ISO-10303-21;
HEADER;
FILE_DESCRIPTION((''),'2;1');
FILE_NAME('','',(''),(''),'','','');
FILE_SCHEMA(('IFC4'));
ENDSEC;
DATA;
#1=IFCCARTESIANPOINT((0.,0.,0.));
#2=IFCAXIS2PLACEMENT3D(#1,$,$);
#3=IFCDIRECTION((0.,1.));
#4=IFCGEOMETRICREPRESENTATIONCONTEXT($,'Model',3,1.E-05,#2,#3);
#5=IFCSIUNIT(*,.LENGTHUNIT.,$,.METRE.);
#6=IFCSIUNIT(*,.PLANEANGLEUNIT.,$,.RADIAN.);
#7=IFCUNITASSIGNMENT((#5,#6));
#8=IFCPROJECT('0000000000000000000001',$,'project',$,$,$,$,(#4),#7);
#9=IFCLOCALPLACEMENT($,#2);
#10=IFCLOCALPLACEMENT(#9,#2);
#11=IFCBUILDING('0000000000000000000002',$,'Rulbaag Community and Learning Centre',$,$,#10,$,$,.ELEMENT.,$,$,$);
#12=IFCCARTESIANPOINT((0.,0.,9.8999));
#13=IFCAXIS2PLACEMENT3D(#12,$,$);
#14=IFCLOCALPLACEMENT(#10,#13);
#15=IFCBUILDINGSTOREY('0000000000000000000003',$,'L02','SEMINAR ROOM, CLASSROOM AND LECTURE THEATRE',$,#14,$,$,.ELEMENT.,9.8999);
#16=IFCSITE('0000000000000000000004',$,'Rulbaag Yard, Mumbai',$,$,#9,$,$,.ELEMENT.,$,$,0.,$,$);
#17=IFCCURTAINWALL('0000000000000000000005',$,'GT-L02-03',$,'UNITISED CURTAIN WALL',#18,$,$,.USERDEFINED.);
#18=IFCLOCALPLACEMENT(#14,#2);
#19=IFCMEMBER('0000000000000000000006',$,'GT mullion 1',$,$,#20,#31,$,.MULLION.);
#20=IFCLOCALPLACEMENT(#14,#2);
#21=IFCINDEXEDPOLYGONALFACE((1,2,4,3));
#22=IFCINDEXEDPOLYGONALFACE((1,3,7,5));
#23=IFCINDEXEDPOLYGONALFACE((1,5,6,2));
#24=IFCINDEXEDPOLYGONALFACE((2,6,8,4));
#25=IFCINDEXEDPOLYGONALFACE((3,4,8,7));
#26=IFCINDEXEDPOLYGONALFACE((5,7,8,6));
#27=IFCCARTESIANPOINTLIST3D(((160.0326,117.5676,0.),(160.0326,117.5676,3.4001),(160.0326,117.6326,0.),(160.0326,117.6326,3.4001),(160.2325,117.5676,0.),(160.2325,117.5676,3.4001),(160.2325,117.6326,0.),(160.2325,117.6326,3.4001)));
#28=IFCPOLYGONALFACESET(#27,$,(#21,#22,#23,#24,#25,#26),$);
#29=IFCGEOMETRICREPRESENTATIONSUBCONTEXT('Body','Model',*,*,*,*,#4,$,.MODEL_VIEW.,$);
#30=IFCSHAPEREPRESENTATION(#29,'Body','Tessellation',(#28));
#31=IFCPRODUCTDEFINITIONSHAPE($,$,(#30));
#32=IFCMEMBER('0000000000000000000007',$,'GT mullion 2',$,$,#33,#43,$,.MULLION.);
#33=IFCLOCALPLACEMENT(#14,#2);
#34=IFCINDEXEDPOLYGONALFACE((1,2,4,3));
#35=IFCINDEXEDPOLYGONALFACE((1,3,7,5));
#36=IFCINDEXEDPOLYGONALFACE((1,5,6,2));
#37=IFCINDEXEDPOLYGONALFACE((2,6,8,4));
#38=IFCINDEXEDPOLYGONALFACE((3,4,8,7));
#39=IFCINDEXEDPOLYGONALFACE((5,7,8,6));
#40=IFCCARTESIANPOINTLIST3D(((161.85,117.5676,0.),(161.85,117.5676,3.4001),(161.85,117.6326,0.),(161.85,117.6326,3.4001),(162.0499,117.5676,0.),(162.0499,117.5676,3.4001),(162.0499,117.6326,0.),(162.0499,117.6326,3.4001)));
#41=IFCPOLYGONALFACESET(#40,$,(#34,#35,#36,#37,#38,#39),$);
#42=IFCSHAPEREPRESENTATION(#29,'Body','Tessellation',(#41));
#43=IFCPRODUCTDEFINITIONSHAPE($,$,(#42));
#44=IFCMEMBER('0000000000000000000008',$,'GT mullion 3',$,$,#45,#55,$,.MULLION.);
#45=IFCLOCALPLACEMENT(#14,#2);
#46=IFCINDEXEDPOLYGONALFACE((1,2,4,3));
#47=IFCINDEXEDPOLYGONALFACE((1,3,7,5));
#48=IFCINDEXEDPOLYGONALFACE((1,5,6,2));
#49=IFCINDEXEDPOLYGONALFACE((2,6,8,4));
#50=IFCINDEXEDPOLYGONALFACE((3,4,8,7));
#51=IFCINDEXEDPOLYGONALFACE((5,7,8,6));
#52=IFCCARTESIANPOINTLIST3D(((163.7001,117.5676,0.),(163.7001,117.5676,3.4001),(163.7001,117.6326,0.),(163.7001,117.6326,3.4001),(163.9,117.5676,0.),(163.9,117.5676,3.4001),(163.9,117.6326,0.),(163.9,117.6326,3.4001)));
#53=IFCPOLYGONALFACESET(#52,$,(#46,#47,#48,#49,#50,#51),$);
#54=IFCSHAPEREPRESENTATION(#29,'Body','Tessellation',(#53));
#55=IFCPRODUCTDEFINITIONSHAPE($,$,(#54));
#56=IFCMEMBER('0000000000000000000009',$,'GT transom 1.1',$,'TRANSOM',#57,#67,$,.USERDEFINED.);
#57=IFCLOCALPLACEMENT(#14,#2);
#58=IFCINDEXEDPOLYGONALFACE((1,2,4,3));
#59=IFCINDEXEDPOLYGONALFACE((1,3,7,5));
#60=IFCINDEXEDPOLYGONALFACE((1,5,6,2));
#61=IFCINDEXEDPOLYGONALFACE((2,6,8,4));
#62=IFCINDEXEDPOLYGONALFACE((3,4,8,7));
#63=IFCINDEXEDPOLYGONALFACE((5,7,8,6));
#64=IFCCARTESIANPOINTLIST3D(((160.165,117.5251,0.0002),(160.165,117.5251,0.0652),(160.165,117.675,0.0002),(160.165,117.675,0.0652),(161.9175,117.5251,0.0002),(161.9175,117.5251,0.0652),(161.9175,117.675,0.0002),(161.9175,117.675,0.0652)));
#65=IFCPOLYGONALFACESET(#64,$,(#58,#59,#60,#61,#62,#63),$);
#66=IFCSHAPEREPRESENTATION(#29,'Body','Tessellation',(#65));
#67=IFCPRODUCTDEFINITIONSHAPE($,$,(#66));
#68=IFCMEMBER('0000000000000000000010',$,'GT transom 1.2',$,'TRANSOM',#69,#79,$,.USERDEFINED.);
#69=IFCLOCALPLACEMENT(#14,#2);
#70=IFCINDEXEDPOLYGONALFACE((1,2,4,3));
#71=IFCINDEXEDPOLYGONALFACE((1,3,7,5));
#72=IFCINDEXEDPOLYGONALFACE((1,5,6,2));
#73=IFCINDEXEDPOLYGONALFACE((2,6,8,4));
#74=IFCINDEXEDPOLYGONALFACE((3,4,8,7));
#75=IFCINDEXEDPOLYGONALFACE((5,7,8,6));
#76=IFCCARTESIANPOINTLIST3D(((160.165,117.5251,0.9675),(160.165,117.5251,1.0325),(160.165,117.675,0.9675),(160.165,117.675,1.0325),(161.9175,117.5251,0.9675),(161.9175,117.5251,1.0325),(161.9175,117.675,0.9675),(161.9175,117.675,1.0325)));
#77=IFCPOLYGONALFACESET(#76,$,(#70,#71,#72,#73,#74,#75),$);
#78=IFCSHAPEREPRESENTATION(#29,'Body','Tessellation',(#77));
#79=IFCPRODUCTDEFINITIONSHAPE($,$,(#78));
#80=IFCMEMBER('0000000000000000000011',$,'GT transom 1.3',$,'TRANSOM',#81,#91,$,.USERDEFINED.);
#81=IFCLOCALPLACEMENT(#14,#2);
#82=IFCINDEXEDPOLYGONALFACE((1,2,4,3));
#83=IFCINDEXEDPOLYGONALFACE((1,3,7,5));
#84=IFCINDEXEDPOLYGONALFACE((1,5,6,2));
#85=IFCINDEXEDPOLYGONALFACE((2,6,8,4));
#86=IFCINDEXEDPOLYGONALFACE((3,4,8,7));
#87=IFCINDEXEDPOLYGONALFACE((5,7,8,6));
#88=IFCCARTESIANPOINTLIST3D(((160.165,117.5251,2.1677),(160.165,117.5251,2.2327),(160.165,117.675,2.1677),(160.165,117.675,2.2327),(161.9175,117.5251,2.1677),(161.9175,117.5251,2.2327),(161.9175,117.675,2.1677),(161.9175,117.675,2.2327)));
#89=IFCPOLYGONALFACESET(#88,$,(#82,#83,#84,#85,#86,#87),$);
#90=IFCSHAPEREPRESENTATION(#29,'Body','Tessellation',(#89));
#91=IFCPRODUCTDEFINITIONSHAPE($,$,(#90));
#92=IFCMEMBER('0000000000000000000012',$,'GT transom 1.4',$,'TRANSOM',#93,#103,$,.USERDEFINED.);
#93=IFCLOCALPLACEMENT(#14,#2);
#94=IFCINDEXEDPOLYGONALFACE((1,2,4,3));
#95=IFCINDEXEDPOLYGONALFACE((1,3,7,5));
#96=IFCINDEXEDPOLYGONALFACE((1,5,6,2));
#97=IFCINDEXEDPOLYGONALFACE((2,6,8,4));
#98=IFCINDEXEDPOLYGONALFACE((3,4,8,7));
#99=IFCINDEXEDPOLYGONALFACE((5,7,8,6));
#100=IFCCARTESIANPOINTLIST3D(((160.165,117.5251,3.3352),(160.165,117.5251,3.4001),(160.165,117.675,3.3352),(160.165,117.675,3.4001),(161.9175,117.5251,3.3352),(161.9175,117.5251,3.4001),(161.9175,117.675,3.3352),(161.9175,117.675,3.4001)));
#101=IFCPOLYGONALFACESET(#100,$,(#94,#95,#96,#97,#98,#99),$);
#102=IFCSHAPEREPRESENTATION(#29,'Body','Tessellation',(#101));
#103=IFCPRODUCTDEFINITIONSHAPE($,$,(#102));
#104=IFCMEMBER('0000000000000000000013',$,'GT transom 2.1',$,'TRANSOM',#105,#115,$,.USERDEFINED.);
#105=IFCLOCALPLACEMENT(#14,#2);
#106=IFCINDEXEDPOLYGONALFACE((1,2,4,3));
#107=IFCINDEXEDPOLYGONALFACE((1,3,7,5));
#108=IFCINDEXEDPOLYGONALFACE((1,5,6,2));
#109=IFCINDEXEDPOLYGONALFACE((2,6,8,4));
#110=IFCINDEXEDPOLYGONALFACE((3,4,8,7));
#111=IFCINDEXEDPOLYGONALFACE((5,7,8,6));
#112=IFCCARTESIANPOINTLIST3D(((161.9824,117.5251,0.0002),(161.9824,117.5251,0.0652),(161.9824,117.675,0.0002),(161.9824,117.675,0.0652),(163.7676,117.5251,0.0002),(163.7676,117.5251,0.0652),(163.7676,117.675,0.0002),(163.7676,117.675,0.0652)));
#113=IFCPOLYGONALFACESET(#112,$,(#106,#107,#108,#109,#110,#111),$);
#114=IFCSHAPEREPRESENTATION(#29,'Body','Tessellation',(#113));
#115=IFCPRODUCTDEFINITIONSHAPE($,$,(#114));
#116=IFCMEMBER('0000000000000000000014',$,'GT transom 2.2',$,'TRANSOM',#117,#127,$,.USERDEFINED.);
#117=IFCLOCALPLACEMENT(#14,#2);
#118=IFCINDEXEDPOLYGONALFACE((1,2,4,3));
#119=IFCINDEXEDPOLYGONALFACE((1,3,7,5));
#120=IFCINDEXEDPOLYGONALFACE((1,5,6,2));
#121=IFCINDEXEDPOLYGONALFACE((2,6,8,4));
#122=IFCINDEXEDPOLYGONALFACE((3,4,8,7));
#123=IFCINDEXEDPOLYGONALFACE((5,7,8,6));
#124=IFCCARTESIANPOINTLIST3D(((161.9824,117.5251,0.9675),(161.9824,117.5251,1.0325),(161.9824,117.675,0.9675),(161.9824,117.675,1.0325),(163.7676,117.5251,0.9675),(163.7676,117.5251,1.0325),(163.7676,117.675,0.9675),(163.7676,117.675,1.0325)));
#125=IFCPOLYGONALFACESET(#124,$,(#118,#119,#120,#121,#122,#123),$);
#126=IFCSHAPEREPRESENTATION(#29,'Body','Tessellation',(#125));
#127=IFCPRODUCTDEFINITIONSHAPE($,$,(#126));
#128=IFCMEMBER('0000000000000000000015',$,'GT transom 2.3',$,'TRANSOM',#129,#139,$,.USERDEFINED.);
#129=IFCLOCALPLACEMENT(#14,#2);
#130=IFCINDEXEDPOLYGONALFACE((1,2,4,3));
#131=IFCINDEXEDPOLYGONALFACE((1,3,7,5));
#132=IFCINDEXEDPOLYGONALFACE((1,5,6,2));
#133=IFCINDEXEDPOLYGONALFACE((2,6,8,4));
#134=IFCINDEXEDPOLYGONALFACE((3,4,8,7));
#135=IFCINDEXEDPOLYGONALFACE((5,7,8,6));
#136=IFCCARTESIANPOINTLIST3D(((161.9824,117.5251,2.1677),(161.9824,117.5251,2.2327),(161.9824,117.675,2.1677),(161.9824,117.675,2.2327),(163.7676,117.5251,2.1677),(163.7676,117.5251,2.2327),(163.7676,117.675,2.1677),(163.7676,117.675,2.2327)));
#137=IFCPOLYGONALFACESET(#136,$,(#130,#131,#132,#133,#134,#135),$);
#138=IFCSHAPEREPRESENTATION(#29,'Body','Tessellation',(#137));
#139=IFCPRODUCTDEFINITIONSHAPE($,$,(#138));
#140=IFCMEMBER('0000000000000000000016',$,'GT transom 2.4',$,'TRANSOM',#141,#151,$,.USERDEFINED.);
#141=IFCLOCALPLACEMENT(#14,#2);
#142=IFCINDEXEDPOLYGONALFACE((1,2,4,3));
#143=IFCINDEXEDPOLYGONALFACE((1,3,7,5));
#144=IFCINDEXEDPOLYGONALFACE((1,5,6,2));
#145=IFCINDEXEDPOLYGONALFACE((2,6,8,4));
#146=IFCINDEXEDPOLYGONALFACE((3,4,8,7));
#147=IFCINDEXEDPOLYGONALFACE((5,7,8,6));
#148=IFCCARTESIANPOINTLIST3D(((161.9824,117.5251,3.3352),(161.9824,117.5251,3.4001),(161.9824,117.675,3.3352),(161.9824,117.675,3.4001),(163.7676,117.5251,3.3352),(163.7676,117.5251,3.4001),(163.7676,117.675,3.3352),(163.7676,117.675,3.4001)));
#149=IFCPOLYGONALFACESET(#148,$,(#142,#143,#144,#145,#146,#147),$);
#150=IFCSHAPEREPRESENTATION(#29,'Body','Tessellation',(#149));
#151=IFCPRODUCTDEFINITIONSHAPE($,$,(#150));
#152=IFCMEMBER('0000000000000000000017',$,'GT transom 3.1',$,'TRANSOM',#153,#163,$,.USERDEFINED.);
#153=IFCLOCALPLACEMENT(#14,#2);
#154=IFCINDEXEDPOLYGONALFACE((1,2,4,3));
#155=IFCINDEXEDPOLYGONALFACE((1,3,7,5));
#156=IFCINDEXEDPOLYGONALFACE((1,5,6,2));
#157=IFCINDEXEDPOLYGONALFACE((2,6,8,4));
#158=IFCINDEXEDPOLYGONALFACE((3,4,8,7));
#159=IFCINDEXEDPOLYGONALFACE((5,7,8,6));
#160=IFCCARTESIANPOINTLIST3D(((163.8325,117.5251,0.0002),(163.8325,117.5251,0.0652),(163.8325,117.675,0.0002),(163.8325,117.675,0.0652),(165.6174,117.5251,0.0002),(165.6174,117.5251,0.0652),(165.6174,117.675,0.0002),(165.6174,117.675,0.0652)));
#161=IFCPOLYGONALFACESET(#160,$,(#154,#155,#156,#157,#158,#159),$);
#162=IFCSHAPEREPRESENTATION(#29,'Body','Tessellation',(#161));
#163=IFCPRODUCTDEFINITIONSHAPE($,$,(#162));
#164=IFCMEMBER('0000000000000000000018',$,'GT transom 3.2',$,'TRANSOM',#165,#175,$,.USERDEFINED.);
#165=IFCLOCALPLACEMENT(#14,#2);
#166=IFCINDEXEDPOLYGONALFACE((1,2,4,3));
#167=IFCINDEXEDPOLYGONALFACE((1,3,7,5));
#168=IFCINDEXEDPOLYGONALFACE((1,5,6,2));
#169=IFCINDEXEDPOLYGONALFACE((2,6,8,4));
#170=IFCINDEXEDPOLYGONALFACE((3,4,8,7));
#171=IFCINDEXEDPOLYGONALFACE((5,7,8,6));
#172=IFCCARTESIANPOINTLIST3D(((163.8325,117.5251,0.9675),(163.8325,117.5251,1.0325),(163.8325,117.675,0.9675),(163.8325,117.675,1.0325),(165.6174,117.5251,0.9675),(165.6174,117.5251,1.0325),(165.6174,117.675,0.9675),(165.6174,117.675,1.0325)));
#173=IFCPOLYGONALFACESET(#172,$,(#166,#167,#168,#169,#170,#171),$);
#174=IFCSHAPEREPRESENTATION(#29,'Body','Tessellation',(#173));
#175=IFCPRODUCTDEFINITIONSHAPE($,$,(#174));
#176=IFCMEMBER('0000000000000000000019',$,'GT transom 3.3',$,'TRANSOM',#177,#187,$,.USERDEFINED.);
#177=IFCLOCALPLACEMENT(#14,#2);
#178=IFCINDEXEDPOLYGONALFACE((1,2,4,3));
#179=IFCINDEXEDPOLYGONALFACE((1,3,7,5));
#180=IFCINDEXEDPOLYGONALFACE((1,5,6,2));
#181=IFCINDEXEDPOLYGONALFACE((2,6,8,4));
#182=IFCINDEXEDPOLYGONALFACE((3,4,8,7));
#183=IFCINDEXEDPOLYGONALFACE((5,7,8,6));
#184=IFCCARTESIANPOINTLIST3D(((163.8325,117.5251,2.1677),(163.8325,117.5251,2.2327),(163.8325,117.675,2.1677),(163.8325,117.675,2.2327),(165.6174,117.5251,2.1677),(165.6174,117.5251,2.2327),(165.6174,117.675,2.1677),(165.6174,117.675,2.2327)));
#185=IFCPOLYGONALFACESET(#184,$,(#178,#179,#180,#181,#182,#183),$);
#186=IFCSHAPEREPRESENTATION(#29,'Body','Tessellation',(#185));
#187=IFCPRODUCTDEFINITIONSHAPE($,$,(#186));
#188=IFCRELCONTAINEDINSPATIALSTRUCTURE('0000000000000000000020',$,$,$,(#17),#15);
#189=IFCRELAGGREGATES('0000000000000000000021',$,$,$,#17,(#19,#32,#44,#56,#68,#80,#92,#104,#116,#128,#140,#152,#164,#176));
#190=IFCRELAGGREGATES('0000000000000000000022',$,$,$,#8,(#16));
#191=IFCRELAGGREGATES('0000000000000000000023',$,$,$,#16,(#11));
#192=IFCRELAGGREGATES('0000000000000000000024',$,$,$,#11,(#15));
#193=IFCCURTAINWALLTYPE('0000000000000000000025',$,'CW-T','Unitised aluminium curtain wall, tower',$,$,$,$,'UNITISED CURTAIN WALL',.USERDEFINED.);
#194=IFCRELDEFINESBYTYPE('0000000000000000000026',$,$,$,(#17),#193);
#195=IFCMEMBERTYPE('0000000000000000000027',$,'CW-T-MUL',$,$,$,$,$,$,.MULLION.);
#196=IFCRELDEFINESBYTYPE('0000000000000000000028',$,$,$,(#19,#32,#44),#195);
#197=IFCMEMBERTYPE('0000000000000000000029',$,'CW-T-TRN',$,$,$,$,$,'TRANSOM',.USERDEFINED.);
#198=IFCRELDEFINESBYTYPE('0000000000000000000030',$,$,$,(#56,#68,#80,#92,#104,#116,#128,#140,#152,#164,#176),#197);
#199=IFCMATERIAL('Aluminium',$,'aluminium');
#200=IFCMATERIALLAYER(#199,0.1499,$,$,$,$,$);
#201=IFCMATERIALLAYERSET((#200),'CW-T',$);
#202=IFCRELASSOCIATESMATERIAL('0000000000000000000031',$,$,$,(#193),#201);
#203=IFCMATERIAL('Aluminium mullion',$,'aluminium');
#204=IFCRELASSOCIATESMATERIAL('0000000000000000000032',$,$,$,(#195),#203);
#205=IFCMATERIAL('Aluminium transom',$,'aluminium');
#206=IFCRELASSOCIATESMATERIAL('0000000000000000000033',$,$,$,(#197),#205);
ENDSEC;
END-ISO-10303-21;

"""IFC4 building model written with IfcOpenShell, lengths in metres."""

from ifc_helpers import new_model, si_unit, direction, frame, origin, origin_2d, place, context, subcontext, project, spatial, rectangle, extrude, material, layer, layer_set, material_profile, profile_set, type_object, element, aggregate, save


model = new_model("IFC4")

# Units and contexts
model_context = context("Model", 3, precision=1e-05, world=origin(), true_north=direction((0.0, 1.0)))
body_context = subcontext(model_context, "Body", "Model", "MODEL_VIEW")
ifc_project = project(units=[si_unit("LENGTHUNIT", "METRE"), si_unit("PLANEANGLEUNIT", "RADIAN")], contexts=[model_context])

# Site, building, storey
site_placement = place(None, origin())
site = spatial("IfcSite", under=ifc_project, at=site_placement, Name="Rulbaag Yard, Mumbai", CompositionType="ELEMENT", RefElevation=0.0)
building_placement = place(site_placement, origin())
building = spatial("IfcBuilding", under=site, at=building_placement, Name="Rulbaag Community and Learning Centre", CompositionType="ELEMENT")
storey_placement = place(building_placement, frame((0.0, 0.0, 9.8999)))
storey = spatial("IfcBuildingStorey", under=building, at=storey_placement, Name="L02", Description="SEMINAR ROOM, CLASSROOM AND LECTURE THEATRE", CompositionType="ELEMENT", Elevation=9.8999)

# Curtain wall, members
ifc_material_1 = material(Name="Aluminium", Category="aluminium")
ifc_layer_1 = layer(ifc_material_1, 0.1499)
ifc_layer_set_1 = layer_set([ifc_layer_1], Name="CW-T")
curtain_wall_type = type_object("IfcCurtainWallType", Name="CW-T", Description="Unitised aluminium curtain wall, tower", ElementType="UNITISED CURTAIN WALL", PredefinedType="USERDEFINED", material=ifc_layer_set_1)
curtain_wall_placement = place(storey_placement, origin())
curtain_wall = element("IfcCurtainWall", 1, at=curtain_wall_placement, inside=storey, type_object=curtain_wall_type, Name="GT-L02-03", ObjectType="UNITISED CURTAIN WALL", PredefinedType="USERDEFINED")
ifc_material_2 = material(Name="Aluminium mullion", Category="aluminium")
ifc_material_profile_1 = material_profile(ifc_material_2, rectangle(XDim=0.0649, YDim=0.2, at=origin_2d()), Name="AL 65x200")
ifc_profile_set_1 = profile_set([ifc_material_profile_1], Name="Aluminium mullion")
member_type_1 = type_object("IfcMemberType", Name="CW-T-MUL", PredefinedType="MULLION", material=ifc_profile_set_1)
member_1_placement = place(storey_placement, frame((160.1326, 117.6001, 0.0), z_axis=(0.0, 0.0, 1.0), x_axis=(0.0, 1.0, 0.0)))
member_1 = element("IfcMember", 2, at=member_1_placement, type_object=member_type_1, Name="GT mullion 1", PredefinedType="MULLION", context=body_context, shape_type="SweptSolid", body=[
    extrude(rectangle(XDim=0.0649, YDim=0.2, at=origin_2d()), origin(), (0.0, 0.0, 1.0), 3.4001),
])
member_2_placement = place(storey_placement, frame((161.95, 117.6001, 0.0), z_axis=(0.0, 0.0, 1.0), x_axis=(0.0, 1.0, 0.0)))
member_2 = element("IfcMember", 3, at=member_2_placement, type_object=member_type_1, Name="GT mullion 2", PredefinedType="MULLION", context=body_context, shape_type="SweptSolid", body=[
    extrude(rectangle(XDim=0.0649, YDim=0.2, at=origin_2d()), origin(), (0.0, 0.0, 1.0), 3.4001),
])
member_3_placement = place(storey_placement, frame((163.8, 117.6001, 0.0), z_axis=(0.0, 0.0, 1.0), x_axis=(0.0, 1.0, 0.0)))
member_3 = element("IfcMember", 4, at=member_3_placement, type_object=member_type_1, Name="GT mullion 3", PredefinedType="MULLION", context=body_context, shape_type="SweptSolid", body=[
    extrude(rectangle(XDim=0.0649, YDim=0.2, at=origin_2d()), origin(), (0.0, 0.0, 1.0), 3.4001),
])
ifc_material_3 = material(Name="Aluminium transom", Category="aluminium")
ifc_material_profile_2 = material_profile(ifc_material_3, rectangle(XDim=0.1499, YDim=0.0649, at=origin_2d()), Name="AL 65x150 T")
ifc_profile_set_2 = profile_set([ifc_material_profile_2], Name="Aluminium transom")
member_type_2 = type_object("IfcMemberType", Name="CW-T-TRN", ElementType="TRANSOM", PredefinedType="USERDEFINED", material=ifc_profile_set_2)
member_4_placement = place(storey_placement, frame((160.165, 117.6001, 0.0327), z_axis=(1.0, 0.0, 0.0), x_axis=(0.0, 1.0, 0.0)))
member_4 = element("IfcMember", 5, at=member_4_placement, type_object=member_type_2, Name="GT transom 1.1", ObjectType="TRANSOM", PredefinedType="USERDEFINED", context=body_context, shape_type="SweptSolid", body=[
    extrude(rectangle(XDim=0.1499, YDim=0.0649, at=origin_2d()), origin(), (0.0, 0.0, 1.0), 1.7524),
])
member_5_placement = place(storey_placement, frame((160.165, 117.6001, 1.0), z_axis=(1.0, 0.0, 0.0), x_axis=(0.0, 1.0, 0.0)))
member_5 = element("IfcMember", 6, at=member_5_placement, type_object=member_type_2, Name="GT transom 1.2", ObjectType="TRANSOM", PredefinedType="USERDEFINED", context=body_context, shape_type="SweptSolid", body=[
    extrude(rectangle(XDim=0.1499, YDim=0.0649, at=origin_2d()), origin(), (0.0, 0.0, 1.0), 1.7524),
])
member_6_placement = place(storey_placement, frame((160.165, 117.6001, 2.2002), z_axis=(1.0, 0.0, 0.0), x_axis=(0.0, 1.0, 0.0)))
member_6 = element("IfcMember", 7, at=member_6_placement, type_object=member_type_2, Name="GT transom 1.3", ObjectType="TRANSOM", PredefinedType="USERDEFINED", context=body_context, shape_type="SweptSolid", body=[
    extrude(rectangle(XDim=0.1499, YDim=0.0649, at=origin_2d()), origin(), (0.0, 0.0, 1.0), 1.7524),
])
member_7_placement = place(storey_placement, frame((160.165, 117.6001, 3.3677), z_axis=(1.0, 0.0, 0.0), x_axis=(0.0, 1.0, 0.0)))
member_7 = element("IfcMember", 8, at=member_7_placement, type_object=member_type_2, Name="GT transom 1.4", ObjectType="TRANSOM", PredefinedType="USERDEFINED", context=body_context, shape_type="SweptSolid", body=[
    extrude(rectangle(XDim=0.1499, YDim=0.0649, at=origin_2d()), origin(), (0.0, 0.0, 1.0), 1.7524),
])
member_8_placement = place(storey_placement, frame((161.9824, 117.6001, 0.0327), z_axis=(1.0, 0.0, 0.0), x_axis=(0.0, 1.0, 0.0)))
member_8 = element("IfcMember", 9, at=member_8_placement, type_object=member_type_2, Name="GT transom 2.1", ObjectType="TRANSOM", PredefinedType="USERDEFINED", context=body_context, shape_type="SweptSolid", body=[
    extrude(rectangle(XDim=0.1499, YDim=0.0649, at=origin_2d()), origin(), (0.0, 0.0, 1.0), 1.7852),
])
member_9_placement = place(storey_placement, frame((161.9824, 117.6001, 1.0), z_axis=(1.0, 0.0, 0.0), x_axis=(0.0, 1.0, 0.0)))
member_9 = element("IfcMember", 10, at=member_9_placement, type_object=member_type_2, Name="GT transom 2.2", ObjectType="TRANSOM", PredefinedType="USERDEFINED", context=body_context, shape_type="SweptSolid", body=[
    extrude(rectangle(XDim=0.1499, YDim=0.0649, at=origin_2d()), origin(), (0.0, 0.0, 1.0), 1.7852),
])
member_10_placement = place(storey_placement, frame((161.9824, 117.6001, 2.2002), z_axis=(1.0, 0.0, 0.0), x_axis=(0.0, 1.0, 0.0)))
member_10 = element("IfcMember", 11, at=member_10_placement, type_object=member_type_2, Name="GT transom 2.3", ObjectType="TRANSOM", PredefinedType="USERDEFINED", context=body_context, shape_type="SweptSolid", body=[
    extrude(rectangle(XDim=0.1499, YDim=0.0649, at=origin_2d()), origin(), (0.0, 0.0, 1.0), 1.7852),
])
member_11_placement = place(storey_placement, frame((161.9824, 117.6001, 3.3677), z_axis=(1.0, 0.0, 0.0), x_axis=(0.0, 1.0, 0.0)))
member_11 = element("IfcMember", 12, at=member_11_placement, type_object=member_type_2, Name="GT transom 2.4", ObjectType="TRANSOM", PredefinedType="USERDEFINED", context=body_context, shape_type="SweptSolid", body=[
    extrude(rectangle(XDim=0.1499, YDim=0.0649, at=origin_2d()), origin(), (0.0, 0.0, 1.0), 1.7852),
])
member_12_placement = place(storey_placement, frame((163.8325, 117.6001, 0.0327), z_axis=(1.0, 0.0, 0.0), x_axis=(0.0, 1.0, 0.0)))
member_12 = element("IfcMember", 13, at=member_12_placement, type_object=member_type_2, Name="GT transom 3.1", ObjectType="TRANSOM", PredefinedType="USERDEFINED", context=body_context, shape_type="SweptSolid", body=[
    extrude(rectangle(XDim=0.1499, YDim=0.0649, at=origin_2d()), origin(), (0.0, 0.0, 1.0), 1.7849),
])
member_13_placement = place(storey_placement, frame((163.8325, 117.6001, 1.0), z_axis=(1.0, 0.0, 0.0), x_axis=(0.0, 1.0, 0.0)))
member_13 = element("IfcMember", 14, at=member_13_placement, type_object=member_type_2, Name="GT transom 3.2", ObjectType="TRANSOM", PredefinedType="USERDEFINED", context=body_context, shape_type="SweptSolid", body=[
    extrude(rectangle(XDim=0.1499, YDim=0.0649, at=origin_2d()), origin(), (0.0, 0.0, 1.0), 1.7849),
])
member_14_placement = place(storey_placement, frame((163.8325, 117.6001, 2.2002), z_axis=(1.0, 0.0, 0.0), x_axis=(0.0, 1.0, 0.0)))
member_14 = element("IfcMember", 15, at=member_14_placement, type_object=member_type_2, Name="GT transom 3.3", ObjectType="TRANSOM", PredefinedType="USERDEFINED", context=body_context, shape_type="SweptSolid", body=[
    extrude(rectangle(XDim=0.1499, YDim=0.0649, at=origin_2d()), origin(), (0.0, 0.0, 1.0), 1.7849),
])
aggregate(curtain_wall, [member_1, member_2, member_3, member_4, member_5, member_6, member_7, member_8, member_9, member_10, member_11, member_12, member_13, member_14])

save(model, "model.ifc")
